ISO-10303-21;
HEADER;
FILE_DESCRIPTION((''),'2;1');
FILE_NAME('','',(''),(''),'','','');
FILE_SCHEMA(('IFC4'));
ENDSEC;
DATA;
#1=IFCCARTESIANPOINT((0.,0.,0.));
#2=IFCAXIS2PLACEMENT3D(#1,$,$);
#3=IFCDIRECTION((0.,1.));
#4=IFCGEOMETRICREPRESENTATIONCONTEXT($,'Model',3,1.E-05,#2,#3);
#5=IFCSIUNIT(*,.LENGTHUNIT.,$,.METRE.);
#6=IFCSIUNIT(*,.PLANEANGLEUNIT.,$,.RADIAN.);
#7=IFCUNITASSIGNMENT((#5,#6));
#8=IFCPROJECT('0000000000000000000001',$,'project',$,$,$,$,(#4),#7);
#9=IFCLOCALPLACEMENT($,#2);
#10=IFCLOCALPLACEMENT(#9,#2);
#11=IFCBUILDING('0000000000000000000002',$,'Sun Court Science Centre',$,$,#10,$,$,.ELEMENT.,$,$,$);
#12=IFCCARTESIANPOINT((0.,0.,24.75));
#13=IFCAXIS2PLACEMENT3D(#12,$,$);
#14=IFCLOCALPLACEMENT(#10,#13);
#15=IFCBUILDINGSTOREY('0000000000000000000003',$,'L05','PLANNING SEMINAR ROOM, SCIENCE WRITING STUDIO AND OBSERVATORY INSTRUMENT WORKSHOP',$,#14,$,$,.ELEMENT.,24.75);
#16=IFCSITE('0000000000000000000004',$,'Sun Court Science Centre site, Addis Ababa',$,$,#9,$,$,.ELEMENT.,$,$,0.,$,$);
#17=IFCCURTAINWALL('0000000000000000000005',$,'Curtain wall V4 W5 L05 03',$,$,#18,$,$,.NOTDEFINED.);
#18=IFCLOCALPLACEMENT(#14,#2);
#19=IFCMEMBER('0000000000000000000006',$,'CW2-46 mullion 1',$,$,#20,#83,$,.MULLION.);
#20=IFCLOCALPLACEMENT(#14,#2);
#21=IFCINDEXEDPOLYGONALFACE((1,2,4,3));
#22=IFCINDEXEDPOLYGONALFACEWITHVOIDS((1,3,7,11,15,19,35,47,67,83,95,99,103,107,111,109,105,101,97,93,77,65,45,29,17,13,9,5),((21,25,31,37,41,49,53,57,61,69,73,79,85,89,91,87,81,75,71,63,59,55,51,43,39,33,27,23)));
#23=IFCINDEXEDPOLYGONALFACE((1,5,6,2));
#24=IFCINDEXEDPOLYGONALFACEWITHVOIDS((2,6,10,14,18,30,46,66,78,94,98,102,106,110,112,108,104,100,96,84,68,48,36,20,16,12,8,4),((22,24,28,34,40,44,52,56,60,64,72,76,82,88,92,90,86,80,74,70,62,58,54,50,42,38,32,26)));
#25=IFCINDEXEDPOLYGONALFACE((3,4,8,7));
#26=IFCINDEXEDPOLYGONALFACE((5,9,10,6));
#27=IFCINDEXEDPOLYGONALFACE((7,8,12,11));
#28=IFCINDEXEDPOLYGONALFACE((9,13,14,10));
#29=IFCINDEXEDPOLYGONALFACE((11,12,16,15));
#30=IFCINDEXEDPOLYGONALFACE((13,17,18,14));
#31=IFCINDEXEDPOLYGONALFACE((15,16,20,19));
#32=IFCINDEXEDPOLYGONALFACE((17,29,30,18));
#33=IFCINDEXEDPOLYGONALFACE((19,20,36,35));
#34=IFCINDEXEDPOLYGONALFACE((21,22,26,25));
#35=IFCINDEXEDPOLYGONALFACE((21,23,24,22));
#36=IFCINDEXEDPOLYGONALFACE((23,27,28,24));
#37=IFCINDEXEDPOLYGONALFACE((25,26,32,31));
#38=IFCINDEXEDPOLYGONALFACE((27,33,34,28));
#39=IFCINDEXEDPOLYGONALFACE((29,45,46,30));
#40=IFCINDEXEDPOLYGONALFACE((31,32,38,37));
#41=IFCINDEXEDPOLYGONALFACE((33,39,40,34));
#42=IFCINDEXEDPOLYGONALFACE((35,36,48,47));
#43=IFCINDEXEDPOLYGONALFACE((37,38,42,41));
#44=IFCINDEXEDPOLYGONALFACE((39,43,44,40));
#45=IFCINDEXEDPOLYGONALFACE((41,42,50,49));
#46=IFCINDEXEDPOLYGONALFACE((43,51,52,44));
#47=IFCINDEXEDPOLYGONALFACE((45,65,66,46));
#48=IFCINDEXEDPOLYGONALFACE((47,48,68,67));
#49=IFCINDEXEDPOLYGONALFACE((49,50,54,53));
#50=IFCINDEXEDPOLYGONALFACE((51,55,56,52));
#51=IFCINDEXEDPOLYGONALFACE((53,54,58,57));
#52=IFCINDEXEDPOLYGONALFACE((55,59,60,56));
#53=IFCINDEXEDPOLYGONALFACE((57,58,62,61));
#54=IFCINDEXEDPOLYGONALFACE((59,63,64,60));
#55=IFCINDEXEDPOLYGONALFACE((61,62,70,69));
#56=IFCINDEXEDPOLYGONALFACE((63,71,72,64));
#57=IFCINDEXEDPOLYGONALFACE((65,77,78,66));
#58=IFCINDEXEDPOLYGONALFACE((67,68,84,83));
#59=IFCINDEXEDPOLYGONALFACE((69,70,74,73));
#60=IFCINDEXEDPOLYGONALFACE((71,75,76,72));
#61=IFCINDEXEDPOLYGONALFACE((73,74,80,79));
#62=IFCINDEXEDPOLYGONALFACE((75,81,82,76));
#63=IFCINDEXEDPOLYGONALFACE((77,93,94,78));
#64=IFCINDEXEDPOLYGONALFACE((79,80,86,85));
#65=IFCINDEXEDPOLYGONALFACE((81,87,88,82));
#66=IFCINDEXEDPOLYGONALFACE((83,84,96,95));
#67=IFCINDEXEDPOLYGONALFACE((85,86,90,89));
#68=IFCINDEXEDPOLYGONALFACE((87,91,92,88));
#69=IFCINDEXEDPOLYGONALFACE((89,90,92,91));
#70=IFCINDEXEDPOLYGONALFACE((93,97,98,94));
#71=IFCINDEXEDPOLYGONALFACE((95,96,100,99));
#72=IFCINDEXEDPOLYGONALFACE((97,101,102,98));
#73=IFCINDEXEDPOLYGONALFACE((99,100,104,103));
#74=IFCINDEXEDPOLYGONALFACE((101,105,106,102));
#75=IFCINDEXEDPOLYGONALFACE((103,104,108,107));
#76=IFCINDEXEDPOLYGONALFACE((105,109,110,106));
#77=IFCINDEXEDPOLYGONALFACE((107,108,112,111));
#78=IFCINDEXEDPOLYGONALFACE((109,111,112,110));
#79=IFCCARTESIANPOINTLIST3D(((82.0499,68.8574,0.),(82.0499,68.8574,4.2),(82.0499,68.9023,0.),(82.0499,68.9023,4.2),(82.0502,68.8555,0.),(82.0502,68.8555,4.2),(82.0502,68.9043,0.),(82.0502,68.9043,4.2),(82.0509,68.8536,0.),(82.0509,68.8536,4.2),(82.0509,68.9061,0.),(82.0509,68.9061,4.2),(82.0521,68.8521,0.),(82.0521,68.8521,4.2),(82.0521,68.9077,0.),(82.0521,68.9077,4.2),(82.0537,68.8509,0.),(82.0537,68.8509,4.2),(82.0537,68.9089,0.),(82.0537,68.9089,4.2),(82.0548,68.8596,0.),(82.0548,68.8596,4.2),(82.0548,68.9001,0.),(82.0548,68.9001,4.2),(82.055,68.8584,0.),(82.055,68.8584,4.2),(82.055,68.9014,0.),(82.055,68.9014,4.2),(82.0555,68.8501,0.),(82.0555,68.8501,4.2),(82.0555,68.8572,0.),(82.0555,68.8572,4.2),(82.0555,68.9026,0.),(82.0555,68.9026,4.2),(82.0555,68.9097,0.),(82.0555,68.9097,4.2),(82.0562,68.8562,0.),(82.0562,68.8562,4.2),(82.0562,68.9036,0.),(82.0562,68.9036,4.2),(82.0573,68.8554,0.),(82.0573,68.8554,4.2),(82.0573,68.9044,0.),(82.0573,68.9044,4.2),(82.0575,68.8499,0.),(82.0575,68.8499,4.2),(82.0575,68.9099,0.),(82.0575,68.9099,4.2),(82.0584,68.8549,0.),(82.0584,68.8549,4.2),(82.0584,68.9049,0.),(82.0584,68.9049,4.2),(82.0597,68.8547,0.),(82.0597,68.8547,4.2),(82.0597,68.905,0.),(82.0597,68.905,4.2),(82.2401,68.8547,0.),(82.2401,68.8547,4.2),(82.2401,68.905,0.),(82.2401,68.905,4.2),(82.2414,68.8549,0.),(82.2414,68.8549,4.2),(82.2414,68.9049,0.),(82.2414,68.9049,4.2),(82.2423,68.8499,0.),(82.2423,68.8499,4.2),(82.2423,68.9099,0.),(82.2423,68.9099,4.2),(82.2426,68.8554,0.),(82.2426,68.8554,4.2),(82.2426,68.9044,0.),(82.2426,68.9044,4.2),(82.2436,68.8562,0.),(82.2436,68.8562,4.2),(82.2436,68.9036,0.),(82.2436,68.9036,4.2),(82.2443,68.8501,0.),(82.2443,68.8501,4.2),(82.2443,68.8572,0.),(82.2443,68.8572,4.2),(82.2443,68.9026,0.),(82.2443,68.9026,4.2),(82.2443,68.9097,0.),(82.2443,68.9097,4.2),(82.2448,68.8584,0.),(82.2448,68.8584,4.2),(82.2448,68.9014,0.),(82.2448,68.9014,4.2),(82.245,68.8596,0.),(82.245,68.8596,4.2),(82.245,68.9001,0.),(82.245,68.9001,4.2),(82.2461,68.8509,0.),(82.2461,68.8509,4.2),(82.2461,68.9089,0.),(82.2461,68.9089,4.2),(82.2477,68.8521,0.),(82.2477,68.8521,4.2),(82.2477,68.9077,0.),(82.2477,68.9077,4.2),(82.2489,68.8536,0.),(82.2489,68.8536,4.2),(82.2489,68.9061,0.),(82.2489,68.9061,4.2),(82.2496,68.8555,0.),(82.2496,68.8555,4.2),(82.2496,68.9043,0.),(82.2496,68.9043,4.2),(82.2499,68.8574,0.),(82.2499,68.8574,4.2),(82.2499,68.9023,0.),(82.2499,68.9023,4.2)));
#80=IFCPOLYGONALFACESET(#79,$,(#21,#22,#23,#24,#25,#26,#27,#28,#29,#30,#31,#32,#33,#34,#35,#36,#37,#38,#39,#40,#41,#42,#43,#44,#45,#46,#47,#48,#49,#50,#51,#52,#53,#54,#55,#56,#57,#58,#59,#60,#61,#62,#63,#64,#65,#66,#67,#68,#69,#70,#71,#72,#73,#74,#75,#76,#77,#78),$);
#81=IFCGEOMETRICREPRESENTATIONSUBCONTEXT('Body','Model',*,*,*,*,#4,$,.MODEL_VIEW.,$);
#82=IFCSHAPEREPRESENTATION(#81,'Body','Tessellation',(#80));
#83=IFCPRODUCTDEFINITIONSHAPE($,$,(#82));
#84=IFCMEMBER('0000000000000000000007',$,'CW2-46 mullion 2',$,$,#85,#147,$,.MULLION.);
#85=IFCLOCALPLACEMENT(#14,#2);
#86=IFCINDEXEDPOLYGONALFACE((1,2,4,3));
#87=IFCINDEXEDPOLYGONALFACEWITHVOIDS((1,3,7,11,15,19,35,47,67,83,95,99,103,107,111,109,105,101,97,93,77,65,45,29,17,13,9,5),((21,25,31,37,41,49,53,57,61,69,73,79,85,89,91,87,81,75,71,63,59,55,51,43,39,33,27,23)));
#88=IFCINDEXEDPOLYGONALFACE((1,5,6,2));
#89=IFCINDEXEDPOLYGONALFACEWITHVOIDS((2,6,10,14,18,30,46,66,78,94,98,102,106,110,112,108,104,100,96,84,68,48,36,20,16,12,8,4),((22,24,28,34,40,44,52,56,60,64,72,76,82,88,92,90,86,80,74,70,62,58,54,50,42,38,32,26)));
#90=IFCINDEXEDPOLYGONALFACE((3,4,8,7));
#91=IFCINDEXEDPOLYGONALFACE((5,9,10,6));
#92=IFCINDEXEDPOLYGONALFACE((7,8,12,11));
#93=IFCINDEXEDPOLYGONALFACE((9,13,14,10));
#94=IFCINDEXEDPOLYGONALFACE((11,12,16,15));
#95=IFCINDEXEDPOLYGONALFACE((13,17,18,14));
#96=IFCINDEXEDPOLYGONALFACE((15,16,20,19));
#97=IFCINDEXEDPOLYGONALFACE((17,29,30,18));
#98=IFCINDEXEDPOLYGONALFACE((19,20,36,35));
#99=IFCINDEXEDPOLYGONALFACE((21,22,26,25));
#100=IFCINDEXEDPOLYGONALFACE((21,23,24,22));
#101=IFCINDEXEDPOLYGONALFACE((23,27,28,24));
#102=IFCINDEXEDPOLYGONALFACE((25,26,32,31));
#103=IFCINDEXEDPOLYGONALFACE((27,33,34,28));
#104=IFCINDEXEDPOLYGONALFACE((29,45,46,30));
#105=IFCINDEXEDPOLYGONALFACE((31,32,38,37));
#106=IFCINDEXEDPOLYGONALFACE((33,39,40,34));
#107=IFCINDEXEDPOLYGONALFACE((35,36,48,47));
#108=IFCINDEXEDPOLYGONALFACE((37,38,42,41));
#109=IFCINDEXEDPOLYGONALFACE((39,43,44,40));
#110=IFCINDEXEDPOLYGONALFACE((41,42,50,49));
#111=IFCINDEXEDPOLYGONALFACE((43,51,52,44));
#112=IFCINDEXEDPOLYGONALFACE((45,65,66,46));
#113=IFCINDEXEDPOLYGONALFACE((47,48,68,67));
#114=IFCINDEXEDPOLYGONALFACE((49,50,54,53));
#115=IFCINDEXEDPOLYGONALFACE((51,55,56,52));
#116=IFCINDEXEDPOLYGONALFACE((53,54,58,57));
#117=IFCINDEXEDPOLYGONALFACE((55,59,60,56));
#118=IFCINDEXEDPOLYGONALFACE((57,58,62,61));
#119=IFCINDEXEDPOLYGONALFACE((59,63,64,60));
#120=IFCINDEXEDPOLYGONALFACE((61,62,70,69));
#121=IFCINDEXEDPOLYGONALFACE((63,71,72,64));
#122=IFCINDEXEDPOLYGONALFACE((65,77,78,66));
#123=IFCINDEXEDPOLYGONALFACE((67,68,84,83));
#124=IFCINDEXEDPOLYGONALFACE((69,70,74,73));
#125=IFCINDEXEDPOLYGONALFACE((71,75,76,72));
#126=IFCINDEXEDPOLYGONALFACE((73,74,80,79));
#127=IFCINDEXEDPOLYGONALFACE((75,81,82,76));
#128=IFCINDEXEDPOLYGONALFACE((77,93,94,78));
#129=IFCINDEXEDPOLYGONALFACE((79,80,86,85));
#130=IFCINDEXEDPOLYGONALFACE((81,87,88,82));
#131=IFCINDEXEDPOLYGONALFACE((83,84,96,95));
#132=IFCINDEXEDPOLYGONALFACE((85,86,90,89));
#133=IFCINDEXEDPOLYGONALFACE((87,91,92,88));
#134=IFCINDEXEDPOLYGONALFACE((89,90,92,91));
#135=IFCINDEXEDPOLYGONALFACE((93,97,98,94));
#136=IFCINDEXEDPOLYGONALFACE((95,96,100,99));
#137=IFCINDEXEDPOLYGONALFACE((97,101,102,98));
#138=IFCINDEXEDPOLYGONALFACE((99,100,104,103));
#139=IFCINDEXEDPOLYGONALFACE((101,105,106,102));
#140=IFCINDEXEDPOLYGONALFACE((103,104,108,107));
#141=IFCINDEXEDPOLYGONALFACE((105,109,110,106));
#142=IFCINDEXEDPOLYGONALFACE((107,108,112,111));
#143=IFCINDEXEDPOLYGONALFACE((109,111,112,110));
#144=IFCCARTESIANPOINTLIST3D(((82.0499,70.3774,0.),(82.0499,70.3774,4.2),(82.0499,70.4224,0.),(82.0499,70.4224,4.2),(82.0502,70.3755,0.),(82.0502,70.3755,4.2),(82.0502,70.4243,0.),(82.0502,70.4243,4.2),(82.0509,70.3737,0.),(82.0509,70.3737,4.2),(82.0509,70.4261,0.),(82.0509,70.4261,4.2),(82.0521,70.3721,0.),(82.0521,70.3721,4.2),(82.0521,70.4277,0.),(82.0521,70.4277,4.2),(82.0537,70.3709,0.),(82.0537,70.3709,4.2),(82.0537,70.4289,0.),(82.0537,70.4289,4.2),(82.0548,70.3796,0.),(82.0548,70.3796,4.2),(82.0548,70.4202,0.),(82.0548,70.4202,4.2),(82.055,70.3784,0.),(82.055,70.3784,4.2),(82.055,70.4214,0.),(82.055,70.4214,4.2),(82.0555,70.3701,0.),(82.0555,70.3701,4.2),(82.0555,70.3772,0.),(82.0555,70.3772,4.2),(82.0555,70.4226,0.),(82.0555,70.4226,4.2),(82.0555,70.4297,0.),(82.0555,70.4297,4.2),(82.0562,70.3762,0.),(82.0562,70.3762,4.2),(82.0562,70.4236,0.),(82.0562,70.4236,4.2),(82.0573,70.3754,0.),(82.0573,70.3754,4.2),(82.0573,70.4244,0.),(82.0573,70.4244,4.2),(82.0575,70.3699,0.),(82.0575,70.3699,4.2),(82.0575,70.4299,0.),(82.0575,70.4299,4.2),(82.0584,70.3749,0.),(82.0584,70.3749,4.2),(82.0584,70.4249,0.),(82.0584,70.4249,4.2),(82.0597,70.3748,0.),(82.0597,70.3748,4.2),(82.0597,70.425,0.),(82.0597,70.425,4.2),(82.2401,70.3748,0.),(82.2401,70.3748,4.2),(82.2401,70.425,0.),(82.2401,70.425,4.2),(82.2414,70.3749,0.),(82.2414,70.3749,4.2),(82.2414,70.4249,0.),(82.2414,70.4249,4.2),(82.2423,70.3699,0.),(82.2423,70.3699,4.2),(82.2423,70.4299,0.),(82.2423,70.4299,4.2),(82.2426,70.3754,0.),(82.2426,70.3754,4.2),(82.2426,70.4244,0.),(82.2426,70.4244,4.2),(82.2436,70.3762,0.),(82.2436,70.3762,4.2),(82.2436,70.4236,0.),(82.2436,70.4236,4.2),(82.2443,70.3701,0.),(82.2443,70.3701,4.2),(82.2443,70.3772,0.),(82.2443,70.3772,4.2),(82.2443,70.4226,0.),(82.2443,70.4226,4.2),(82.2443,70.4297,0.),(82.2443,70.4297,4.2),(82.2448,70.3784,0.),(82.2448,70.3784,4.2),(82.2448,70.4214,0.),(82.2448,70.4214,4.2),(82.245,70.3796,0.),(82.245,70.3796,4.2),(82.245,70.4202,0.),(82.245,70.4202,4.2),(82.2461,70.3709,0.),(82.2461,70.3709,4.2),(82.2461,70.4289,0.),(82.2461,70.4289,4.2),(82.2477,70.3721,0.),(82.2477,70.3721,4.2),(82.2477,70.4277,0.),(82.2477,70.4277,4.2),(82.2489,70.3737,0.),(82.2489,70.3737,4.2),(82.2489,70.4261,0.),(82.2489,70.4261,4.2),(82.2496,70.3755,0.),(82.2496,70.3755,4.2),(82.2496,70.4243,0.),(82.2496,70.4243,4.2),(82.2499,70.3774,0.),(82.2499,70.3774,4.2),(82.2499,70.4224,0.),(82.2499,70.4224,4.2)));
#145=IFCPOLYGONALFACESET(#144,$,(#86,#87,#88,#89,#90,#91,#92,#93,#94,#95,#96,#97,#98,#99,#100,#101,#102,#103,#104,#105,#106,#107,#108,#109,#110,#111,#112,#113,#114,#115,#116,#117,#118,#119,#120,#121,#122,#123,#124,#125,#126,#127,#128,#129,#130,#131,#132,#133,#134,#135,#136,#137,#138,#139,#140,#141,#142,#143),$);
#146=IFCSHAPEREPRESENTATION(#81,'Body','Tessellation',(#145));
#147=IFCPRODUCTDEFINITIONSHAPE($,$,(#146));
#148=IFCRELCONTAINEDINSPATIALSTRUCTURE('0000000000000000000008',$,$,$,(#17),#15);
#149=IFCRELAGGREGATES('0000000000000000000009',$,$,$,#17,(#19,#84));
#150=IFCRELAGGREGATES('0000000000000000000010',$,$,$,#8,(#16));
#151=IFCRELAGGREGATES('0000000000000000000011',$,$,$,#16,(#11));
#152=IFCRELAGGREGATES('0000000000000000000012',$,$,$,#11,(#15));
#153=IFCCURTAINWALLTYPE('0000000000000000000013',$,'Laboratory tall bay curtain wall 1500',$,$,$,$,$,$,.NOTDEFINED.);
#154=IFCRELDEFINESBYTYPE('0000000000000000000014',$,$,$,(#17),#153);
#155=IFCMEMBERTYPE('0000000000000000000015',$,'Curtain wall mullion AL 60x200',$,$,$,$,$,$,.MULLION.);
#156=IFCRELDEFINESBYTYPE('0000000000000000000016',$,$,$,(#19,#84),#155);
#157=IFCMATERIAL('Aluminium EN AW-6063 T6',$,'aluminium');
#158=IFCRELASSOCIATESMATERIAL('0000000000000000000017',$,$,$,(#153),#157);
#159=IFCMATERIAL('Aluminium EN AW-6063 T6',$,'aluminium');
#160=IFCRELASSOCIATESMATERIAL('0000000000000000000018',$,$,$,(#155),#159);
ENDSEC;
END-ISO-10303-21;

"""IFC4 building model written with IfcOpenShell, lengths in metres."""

from ifc_helpers import new_model, si_unit, direction, frame, origin, origin_2d, place, context, subcontext, project, spatial, hollow_rectangle, extrude, material, material_profile, profile_set, type_object, element, aggregate, save


model = new_model("IFC4")

# Units and contexts
model_context = context("Model", 3, precision=1e-05, world=origin(), true_north=direction((0.0, 1.0)))
body_context = subcontext(model_context, "Body", "Model", "MODEL_VIEW")
ifc_project = project(units=[si_unit("LENGTHUNIT", "METRE"), si_unit("PLANEANGLEUNIT", "RADIAN")], contexts=[model_context])

# Site, building, storey
site_placement = place(None, origin())
site = spatial("IfcSite", under=ifc_project, at=site_placement, Name="Sun Court Science Centre site, Addis Ababa", CompositionType="ELEMENT", RefElevation=0.0)
building_placement = place(site_placement, origin())
building = spatial("IfcBuilding", under=site, at=building_placement, Name="Sun Court Science Centre", CompositionType="ELEMENT")
storey_placement = place(building_placement, frame((0.0, 0.0, 24.75)))
storey = spatial("IfcBuildingStorey", under=building, at=storey_placement, Name="L05", Description="PLANNING SEMINAR ROOM, SCIENCE WRITING STUDIO AND OBSERVATORY INSTRUMENT WORKSHOP", CompositionType="ELEMENT", Elevation=24.75)

# Curtain wall, members
ifc_material_1 = material(Name="Aluminium EN AW-6063 T6", Category="aluminium")
curtain_wall_type = type_object("IfcCurtainWallType", Name="Laboratory tall bay curtain wall 1500", PredefinedType="NOTDEFINED", material=ifc_material_1)
curtain_wall_placement = place(storey_placement, origin())
curtain_wall = element("IfcCurtainWall", 1, at=curtain_wall_placement, inside=storey, type_object=curtain_wall_type, Name="Curtain wall V4 W5 L05 03", PredefinedType="NOTDEFINED")
ifc_material_2 = material(Name="Aluminium EN AW-6063 T6", Category="aluminium")
ifc_material_profile_1 = material_profile(ifc_material_2, hollow_rectangle(XDim=0.0601, YDim=0.2, WallThickness=0.0049, InnerFilletRadius=0.0049, OuterFilletRadius=0.0076, at=origin_2d()), Name="AL 60x200x5")
ifc_profile_set_1 = profile_set([ifc_material_profile_1], Name="Aluminium EN AW-6063 T6")
member_type_1 = type_object("IfcMemberType", Name="Curtain wall mullion AL 60x200", PredefinedType="MULLION", material=ifc_profile_set_1)
member_1_placement = place(storey_placement, frame((82.1499, 68.8799, 0.0), z_axis=(0.0, 0.0, 1.0), x_axis=(0.0, 1.0, 0.0)))
member_1 = element("IfcMember", 2, at=member_1_placement, type_object=member_type_1, Name="CW2-46 mullion 1", PredefinedType="MULLION", context=body_context, shape_type="SweptSolid", body=[
    extrude(hollow_rectangle(XDim=0.0601, YDim=0.2, WallThickness=0.0049, InnerFilletRadius=0.0049, OuterFilletRadius=0.0076, at=origin_2d()), origin(), (0.0, 0.0, 1.0), 4.2),
])
member_2_placement = place(storey_placement, frame((82.1499, 70.3999, 0.0), z_axis=(0.0, 0.0, 1.0), x_axis=(0.0, 1.0, 0.0)))
member_2 = element("IfcMember", 3, at=member_2_placement, type_object=member_type_1, Name="CW2-46 mullion 2", PredefinedType="MULLION", context=body_context, shape_type="SweptSolid", body=[
    extrude(hollow_rectangle(XDim=0.0601, YDim=0.2, WallThickness=0.0049, InnerFilletRadius=0.0049, OuterFilletRadius=0.0076, at=origin_2d()), origin(), (0.0, 0.0, 1.0), 4.2),
])

aggregate(curtain_wall, [member_1, member_2])

save(model, "model.ifc")
